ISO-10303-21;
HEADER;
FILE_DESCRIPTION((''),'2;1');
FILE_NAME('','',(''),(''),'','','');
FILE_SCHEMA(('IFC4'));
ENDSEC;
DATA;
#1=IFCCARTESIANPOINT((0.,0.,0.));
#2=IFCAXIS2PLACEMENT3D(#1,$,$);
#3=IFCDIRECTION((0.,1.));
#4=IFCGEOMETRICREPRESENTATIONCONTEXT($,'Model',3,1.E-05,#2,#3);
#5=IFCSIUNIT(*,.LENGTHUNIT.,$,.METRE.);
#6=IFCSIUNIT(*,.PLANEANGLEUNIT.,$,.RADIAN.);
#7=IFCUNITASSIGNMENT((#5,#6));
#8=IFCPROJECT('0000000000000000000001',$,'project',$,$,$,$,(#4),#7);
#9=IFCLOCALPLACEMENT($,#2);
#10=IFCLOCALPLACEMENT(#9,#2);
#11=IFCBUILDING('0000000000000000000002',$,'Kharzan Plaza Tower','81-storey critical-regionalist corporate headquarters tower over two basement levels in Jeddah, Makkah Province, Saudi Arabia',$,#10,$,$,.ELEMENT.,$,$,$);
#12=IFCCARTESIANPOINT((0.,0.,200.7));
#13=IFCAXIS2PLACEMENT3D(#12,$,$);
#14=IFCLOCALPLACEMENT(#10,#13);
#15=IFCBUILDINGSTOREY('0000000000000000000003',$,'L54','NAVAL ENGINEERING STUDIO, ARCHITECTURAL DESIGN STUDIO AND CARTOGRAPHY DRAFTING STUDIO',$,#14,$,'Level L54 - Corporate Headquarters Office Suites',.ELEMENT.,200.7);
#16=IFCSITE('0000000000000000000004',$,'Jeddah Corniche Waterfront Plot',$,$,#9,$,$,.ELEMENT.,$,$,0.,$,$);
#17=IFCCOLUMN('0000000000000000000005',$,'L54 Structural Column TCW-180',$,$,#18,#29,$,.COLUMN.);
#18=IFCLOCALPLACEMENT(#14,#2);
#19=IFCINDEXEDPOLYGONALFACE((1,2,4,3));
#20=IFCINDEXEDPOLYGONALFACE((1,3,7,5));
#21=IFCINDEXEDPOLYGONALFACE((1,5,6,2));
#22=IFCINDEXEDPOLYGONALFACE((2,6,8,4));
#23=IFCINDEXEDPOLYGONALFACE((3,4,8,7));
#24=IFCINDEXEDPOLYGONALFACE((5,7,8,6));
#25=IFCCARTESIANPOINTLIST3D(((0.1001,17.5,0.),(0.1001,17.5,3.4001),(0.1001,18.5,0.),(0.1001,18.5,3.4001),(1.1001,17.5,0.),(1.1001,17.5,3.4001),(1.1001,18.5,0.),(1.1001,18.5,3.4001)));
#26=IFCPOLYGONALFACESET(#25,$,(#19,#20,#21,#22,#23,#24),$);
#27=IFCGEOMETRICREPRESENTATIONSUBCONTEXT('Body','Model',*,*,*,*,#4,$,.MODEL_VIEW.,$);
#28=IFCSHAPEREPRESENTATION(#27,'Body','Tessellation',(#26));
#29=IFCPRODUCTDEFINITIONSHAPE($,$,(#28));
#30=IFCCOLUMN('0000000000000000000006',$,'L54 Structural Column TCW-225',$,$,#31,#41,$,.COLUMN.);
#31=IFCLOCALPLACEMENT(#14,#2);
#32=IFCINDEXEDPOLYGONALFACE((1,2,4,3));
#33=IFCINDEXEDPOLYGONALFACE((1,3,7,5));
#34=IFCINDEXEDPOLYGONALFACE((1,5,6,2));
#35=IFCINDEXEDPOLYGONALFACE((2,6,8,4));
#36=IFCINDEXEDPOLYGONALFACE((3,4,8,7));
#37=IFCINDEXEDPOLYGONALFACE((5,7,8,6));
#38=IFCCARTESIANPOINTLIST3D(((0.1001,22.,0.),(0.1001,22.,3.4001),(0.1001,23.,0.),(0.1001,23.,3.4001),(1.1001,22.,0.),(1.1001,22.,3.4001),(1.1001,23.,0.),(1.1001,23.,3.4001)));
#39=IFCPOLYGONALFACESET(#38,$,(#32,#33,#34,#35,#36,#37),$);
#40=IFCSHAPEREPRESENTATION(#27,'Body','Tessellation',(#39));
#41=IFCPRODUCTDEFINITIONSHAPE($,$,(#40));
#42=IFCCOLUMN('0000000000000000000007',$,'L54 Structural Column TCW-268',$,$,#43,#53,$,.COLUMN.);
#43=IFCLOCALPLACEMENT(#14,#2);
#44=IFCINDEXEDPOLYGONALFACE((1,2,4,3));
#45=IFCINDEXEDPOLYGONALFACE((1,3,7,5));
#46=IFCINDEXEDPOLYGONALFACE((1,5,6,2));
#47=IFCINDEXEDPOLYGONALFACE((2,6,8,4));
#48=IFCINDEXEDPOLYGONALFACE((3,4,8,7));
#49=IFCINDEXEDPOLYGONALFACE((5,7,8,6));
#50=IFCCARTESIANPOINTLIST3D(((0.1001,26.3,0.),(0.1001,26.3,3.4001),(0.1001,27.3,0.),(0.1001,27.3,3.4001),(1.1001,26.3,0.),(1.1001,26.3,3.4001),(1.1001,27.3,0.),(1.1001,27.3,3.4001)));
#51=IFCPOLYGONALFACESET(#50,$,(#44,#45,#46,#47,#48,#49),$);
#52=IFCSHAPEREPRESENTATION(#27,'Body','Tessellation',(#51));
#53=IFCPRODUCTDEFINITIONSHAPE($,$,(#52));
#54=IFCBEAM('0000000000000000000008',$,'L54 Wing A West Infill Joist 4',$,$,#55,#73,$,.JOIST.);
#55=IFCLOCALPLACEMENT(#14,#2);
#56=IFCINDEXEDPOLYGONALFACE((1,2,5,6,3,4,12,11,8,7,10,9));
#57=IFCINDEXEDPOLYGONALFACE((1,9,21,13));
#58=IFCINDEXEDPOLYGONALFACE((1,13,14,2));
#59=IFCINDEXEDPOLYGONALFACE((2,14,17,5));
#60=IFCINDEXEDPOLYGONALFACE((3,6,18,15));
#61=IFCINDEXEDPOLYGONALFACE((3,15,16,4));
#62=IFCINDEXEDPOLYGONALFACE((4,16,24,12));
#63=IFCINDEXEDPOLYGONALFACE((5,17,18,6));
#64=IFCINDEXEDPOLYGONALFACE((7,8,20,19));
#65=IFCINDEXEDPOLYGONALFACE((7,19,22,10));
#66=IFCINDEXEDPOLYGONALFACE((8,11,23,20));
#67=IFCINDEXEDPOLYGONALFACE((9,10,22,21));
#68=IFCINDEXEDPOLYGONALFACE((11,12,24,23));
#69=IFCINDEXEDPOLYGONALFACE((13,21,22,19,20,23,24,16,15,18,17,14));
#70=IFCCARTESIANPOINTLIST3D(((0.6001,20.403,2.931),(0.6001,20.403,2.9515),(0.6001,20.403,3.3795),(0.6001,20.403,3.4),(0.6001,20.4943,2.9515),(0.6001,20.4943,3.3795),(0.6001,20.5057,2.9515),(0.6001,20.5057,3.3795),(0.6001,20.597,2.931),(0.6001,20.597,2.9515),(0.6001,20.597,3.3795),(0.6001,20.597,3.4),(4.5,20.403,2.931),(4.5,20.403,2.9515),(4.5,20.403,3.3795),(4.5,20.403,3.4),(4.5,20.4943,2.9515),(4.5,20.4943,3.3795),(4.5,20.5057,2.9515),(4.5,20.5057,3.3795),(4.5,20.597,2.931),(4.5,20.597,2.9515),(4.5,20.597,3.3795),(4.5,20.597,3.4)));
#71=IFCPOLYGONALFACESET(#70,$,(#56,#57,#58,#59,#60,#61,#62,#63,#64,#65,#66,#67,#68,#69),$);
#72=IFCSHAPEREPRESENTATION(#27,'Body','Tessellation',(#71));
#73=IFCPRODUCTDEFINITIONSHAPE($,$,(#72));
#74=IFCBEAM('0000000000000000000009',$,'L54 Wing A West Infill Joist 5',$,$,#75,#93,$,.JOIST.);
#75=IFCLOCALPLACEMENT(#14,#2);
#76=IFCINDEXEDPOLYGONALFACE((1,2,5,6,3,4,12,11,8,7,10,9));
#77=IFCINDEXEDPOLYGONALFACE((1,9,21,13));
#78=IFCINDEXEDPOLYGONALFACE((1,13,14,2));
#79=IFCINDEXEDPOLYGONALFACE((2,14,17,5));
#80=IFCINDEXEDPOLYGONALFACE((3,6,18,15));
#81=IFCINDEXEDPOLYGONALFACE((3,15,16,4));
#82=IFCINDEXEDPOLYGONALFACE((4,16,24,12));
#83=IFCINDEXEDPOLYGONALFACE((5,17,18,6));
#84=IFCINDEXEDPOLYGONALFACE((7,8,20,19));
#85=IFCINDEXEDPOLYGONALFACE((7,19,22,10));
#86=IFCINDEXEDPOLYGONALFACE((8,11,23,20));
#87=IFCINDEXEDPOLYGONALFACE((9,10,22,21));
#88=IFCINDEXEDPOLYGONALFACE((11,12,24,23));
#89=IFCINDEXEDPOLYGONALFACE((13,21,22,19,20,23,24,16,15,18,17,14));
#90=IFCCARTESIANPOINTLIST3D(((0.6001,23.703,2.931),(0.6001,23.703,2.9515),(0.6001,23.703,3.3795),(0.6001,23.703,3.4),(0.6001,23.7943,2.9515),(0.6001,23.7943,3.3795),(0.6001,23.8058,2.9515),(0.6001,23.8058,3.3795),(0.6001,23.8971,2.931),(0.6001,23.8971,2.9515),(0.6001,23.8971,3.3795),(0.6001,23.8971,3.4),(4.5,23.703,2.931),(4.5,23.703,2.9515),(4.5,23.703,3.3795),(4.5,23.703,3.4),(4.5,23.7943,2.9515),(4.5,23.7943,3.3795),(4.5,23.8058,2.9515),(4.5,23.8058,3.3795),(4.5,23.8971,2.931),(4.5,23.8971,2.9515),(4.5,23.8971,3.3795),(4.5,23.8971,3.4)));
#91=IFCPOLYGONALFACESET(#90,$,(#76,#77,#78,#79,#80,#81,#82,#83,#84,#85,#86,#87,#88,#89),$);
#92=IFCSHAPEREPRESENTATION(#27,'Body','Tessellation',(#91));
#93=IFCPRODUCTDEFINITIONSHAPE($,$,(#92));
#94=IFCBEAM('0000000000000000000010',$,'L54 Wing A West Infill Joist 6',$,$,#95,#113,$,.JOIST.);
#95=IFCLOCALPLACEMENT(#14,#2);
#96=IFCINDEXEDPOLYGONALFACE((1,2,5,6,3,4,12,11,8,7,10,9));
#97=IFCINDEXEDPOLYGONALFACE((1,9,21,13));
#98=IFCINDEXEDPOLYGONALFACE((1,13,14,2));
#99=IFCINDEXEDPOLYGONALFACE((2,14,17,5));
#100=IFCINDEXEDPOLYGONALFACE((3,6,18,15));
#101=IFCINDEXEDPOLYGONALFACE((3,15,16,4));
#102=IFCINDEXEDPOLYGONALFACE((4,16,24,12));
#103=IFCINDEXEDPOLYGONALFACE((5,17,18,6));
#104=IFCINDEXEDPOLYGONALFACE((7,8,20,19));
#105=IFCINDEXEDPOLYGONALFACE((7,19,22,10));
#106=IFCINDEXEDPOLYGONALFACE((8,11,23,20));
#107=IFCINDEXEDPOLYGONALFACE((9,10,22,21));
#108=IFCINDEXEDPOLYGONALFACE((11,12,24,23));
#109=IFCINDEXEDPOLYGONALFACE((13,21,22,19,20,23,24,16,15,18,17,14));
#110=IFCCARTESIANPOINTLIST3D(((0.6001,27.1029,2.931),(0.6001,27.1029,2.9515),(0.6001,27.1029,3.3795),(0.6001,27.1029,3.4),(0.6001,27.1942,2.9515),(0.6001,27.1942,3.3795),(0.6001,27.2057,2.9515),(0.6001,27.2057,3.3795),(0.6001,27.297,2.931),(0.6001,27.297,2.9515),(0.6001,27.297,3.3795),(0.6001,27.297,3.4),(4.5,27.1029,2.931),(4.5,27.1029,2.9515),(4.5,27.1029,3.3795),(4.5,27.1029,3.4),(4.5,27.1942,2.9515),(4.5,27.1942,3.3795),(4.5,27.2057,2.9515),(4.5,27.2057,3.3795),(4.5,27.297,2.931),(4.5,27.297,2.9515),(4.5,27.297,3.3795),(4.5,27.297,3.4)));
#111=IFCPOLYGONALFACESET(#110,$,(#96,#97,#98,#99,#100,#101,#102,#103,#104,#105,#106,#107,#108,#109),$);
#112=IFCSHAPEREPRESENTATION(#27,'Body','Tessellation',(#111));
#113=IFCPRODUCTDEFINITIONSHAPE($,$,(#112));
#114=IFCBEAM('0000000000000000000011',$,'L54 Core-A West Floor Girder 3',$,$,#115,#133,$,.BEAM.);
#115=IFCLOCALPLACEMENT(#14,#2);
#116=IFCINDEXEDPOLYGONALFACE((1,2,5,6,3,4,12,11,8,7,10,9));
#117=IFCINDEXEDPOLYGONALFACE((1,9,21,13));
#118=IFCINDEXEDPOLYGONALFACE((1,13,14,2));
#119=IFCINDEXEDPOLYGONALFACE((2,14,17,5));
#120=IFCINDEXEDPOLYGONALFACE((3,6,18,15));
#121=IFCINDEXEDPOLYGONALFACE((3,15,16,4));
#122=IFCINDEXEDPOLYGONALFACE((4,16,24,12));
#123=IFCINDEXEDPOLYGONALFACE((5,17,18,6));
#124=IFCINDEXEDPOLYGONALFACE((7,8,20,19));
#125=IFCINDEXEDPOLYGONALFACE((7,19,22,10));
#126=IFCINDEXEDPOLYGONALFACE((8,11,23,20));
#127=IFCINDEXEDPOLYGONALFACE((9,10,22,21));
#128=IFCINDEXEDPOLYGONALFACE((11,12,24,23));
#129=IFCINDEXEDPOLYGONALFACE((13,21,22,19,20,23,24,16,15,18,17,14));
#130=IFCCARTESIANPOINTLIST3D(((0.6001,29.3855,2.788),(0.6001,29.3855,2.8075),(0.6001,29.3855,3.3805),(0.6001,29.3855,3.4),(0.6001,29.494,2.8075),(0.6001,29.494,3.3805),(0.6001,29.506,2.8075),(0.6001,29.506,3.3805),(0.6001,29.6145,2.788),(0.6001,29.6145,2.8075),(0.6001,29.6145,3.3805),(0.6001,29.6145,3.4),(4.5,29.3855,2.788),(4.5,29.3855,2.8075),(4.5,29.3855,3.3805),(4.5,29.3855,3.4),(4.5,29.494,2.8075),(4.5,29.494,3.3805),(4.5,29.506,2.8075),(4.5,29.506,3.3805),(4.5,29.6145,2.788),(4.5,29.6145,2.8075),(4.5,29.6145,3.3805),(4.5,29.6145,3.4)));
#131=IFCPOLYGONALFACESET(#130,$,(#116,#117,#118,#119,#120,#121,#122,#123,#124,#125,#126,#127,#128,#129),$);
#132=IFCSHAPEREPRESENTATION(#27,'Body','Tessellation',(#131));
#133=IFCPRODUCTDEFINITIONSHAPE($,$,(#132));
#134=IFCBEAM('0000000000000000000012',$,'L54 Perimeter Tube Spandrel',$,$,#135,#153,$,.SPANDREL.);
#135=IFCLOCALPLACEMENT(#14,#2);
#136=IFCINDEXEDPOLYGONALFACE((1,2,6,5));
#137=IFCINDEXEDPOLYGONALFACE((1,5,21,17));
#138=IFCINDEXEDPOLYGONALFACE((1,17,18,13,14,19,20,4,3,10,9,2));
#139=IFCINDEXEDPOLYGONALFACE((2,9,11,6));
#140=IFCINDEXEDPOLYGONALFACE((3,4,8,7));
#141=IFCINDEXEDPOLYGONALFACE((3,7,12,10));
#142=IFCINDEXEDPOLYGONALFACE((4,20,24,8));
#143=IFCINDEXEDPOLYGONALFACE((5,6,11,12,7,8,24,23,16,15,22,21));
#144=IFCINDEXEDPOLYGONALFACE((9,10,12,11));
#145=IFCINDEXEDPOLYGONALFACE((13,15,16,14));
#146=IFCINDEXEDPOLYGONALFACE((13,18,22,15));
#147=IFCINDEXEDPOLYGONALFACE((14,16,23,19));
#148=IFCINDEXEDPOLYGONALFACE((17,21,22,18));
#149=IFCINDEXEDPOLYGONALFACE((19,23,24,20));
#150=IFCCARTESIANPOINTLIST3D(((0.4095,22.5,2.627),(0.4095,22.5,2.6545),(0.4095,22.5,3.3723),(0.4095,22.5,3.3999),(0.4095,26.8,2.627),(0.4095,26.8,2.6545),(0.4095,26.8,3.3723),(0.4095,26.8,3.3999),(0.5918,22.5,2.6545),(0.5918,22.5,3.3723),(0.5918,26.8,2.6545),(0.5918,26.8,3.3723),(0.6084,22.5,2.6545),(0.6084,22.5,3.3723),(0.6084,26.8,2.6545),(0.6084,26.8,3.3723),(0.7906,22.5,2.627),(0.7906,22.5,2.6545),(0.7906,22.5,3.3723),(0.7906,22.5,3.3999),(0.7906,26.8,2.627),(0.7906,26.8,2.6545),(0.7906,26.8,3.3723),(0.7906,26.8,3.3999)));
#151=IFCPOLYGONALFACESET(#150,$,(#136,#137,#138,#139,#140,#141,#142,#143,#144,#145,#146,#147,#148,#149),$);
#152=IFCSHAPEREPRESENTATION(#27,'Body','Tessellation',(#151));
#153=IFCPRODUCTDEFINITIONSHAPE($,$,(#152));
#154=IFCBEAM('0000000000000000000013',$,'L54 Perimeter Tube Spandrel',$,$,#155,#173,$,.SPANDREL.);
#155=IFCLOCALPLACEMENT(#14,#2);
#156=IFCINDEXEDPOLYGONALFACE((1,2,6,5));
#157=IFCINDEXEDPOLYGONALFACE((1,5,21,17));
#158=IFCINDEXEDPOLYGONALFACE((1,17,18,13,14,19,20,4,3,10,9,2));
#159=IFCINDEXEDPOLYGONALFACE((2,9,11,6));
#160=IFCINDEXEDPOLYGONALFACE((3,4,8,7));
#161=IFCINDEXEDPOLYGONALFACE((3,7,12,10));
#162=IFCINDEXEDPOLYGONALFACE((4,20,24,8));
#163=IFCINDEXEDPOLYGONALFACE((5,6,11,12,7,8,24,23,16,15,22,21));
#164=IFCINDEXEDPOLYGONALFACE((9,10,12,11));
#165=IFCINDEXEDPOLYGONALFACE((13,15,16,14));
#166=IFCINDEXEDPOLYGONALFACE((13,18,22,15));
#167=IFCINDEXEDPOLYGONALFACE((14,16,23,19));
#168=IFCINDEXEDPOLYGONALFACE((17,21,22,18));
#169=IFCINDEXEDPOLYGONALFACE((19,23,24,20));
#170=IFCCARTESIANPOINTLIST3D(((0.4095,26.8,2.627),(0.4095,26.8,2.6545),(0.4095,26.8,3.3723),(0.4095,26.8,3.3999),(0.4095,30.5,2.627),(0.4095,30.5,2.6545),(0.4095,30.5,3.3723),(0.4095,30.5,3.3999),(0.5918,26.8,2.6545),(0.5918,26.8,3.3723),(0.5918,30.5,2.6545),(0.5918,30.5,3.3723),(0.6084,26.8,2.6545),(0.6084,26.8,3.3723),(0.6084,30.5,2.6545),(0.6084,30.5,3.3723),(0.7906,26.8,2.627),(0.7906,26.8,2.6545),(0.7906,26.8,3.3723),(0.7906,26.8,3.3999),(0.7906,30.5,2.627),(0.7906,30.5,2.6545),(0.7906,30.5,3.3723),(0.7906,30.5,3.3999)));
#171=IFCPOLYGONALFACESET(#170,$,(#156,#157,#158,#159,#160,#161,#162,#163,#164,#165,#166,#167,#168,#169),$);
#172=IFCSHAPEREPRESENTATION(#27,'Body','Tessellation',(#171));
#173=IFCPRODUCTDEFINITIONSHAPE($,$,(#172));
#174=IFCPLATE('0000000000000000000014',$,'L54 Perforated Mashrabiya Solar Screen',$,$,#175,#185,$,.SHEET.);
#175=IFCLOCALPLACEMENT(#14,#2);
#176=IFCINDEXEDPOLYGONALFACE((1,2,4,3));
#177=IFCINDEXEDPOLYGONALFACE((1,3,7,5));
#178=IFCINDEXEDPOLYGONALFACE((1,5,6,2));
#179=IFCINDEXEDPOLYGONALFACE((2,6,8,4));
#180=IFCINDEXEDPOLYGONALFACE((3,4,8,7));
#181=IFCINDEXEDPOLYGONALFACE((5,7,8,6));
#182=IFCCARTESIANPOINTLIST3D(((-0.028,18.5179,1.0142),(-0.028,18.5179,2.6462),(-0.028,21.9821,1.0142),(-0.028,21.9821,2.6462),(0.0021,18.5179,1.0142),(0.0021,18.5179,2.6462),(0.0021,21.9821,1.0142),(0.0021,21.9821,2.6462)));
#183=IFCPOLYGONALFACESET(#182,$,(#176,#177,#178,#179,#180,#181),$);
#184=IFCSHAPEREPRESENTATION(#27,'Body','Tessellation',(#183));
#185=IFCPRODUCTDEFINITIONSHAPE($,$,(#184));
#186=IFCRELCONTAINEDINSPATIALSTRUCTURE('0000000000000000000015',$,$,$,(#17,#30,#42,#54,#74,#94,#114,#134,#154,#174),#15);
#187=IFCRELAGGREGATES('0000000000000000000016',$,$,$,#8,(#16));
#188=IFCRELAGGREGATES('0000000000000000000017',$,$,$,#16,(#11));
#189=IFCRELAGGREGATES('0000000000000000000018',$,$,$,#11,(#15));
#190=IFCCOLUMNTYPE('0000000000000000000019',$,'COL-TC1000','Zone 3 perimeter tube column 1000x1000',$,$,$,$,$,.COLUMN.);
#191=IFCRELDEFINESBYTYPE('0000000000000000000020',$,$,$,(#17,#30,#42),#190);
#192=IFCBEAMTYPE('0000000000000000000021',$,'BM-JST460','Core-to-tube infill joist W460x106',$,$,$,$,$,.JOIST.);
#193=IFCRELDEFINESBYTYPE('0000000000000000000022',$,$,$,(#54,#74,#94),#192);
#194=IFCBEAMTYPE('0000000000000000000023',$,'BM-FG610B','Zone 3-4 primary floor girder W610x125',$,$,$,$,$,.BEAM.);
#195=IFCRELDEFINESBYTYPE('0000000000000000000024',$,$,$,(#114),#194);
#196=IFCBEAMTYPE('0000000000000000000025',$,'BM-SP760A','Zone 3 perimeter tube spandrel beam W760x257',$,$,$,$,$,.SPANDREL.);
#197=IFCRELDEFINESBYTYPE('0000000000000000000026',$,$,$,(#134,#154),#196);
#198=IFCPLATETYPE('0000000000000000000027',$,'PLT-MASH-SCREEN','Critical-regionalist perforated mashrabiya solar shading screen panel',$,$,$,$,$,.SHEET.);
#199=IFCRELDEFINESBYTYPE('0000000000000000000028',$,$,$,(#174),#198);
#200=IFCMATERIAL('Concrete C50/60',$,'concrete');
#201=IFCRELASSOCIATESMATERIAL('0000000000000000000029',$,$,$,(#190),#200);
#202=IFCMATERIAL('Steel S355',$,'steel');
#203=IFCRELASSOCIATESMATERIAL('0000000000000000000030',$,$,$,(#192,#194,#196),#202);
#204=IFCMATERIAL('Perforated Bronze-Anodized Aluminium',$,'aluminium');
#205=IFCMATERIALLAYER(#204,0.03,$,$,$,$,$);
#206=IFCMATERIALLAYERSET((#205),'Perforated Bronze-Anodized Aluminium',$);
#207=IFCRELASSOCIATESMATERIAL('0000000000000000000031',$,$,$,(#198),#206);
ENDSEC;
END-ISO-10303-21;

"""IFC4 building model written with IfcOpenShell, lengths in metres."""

from ifc_helpers import new_model, si_unit, direction, frame, origin, origin_2d, place, context, subcontext, project, spatial, rectangle, i_section, extrude, source, transform, mapped, material, layer, layer_set, material_profile, profile_set, type_object, element, save


model = new_model("IFC4")

# Units and contexts
model_context = context("Model", 3, precision=1e-05, world=origin(), true_north=direction((0.0, 1.0)))
body_context = subcontext(model_context, "Body", "Model", "MODEL_VIEW")
ifc_project = project(units=[si_unit("LENGTHUNIT", "METRE"), si_unit("PLANEANGLEUNIT", "RADIAN")], contexts=[model_context])

# Site, building, storey
site_placement = place(None, origin())
site = spatial("IfcSite", under=ifc_project, at=site_placement, Name="Jeddah Corniche Waterfront Plot", CompositionType="ELEMENT", RefElevation=0.0)
building_placement = place(site_placement, origin())
building = spatial("IfcBuilding", under=site, at=building_placement, Name="Kharzan Plaza Tower", Description="81-storey critical-regionalist corporate headquarters tower over two basement levels in Jeddah, Makkah Province, Saudi Arabia", CompositionType="ELEMENT")
storey_placement = place(building_placement, frame((0.0, 0.0, 200.7)))
storey = spatial("IfcBuildingStorey", under=building, at=storey_placement, Name="L54", Description="NAVAL ENGINEERING STUDIO, ARCHITECTURAL DESIGN STUDIO AND CARTOGRAPHY DRAFTING STUDIO", LongName="Level L54 - Corporate Headquarters Office Suites", CompositionType="ELEMENT", Elevation=200.7)

# Columns
ifc_material_1 = material(Name="Concrete C50/60", Category="concrete")
ifc_material_profile_1 = material_profile(ifc_material_1, rectangle(XDim=1.0, YDim=1.0, at=origin_2d()), Name="RC-TC1000x1000")
ifc_profile_set_1 = profile_set([ifc_material_profile_1], Name="Concrete C50/60")
column_type = type_object("IfcColumnType", Name="COL-TC1000", Description="Zone 3 perimeter tube column 1000x1000", PredefinedType="COLUMN", material=ifc_profile_set_1)
shared_shape_1 = source(origin(), body_context, "Body", "SweptSolid", [
    extrude(rectangle(XDim=1.0, YDim=1.0, at=origin_2d()), origin(), (0.0, 0.0, 1.0), 3.4001),
])
for number, where, z_axis, x_axis, name in (
    (1, (0.6001, 18.0, 0.0), (0.0, 0.0, 1.0), (1.0, 0.0, 0.0), "L54 Structural Column TCW-180"),
    (2, (0.6001, 22.5, 0.0), (0.0, 0.0, 1.0), (1.0, 0.0, 0.0), "L54 Structural Column TCW-225"),
    (3, (0.6001, 26.8, 0.0), (0.0, 0.0, 1.0), (1.0, 0.0, 0.0), "L54 Structural Column TCW-268"),
):
    element("IfcColumn", number, at=place(storey_placement, frame(where, z_axis=z_axis, x_axis=x_axis)), inside=storey, type_object=column_type, Name=name, PredefinedType="COLUMN", context=body_context, shape_type="MappedRepresentation", body=[
        mapped(shared_shape_1, transform((0.0, 0.0, 0.0), x_axis=(1.0, 0.0, 0.0), y_axis=(0.0, 1.0, 0.0), z_axis=(0.0, 0.0, 1.0))),
    ])

# Beams
ifc_material_2 = material(Name="Steel S355", Category="steel")
ifc_material_profile_2 = material_profile(ifc_material_2, i_section(OverallWidth=0.1941, OverallDepth=0.469, WebThickness=0.0115, FlangeThickness=0.0205, at=origin_2d()), Name="W460x106")
ifc_profile_set_2 = profile_set([ifc_material_profile_2], Name="Steel S355")
beam_type_1 = type_object("IfcBeamType", Name="BM-JST460", Description="Core-to-tube infill joist W460x106", PredefinedType="JOIST", material=ifc_profile_set_2)
shared_shape_2 = source(origin(), body_context, "Body", "SweptSolid", [
    extrude(i_section(OverallWidth=0.1941, OverallDepth=0.469, WebThickness=0.0115, FlangeThickness=0.0205, at=origin_2d()), origin(), (0.0, 0.0, 1.0), 3.8999),
])
for number, where, z_axis, x_axis, name in (
    (4, (0.6001, 20.5, 3.1655), (1.0, 0.0, 0.0), (0.0, 1.0, 0.0), "L54 Wing A West Infill Joist 4"),
    (5, (0.6001, 23.8, 3.1655), (1.0, 0.0, 0.0), (0.0, 1.0, 0.0), "L54 Wing A West Infill Joist 5"),
    (6, (0.6001, 27.2, 3.1655), (1.0, 0.0, 0.0), (0.0, 1.0, 0.0), "L54 Wing A West Infill Joist 6"),
):
    element("IfcBeam", number, at=place(storey_placement, frame(where, z_axis=z_axis, x_axis=x_axis)), inside=storey, type_object=beam_type_1, Name=name, PredefinedType="JOIST", context=body_context, shape_type="MappedRepresentation", body=[
        mapped(shared_shape_2, transform((0.0, 0.0, 0.0), x_axis=(1.0, 0.0, 0.0), y_axis=(0.0, 1.0, 0.0), z_axis=(0.0, 0.0, 1.0))),
    ])
ifc_material_profile_3 = material_profile(ifc_material_2, i_section(OverallWidth=0.229, OverallDepth=0.6121, WebThickness=0.012, FlangeThickness=0.0195, at=origin_2d()), Name="W610x125")
ifc_profile_set_3 = profile_set([ifc_material_profile_3], Name="Steel S355")
beam_type_2 = type_object("IfcBeamType", Name="BM-FG610B", Description="Zone 3-4 primary floor girder W610x125", PredefinedType="BEAM", material=ifc_profile_set_3)
shared_shape_3 = source(origin(), body_context, "Body", "SweptSolid", [
    extrude(i_section(OverallWidth=0.229, OverallDepth=0.6121, WebThickness=0.012, FlangeThickness=0.0195, at=origin_2d()), origin(), (0.0, 0.0, 1.0), 3.8999),
])
beam_1_placement = place(storey_placement, frame((0.6001, 29.5, 3.094), z_axis=(1.0, 0.0, 0.0), x_axis=(0.0, 1.0, 0.0)))
element("IfcBeam", 7, at=beam_1_placement, inside=storey, type_object=beam_type_2, Name="L54 Core-A West Floor Girder 3", PredefinedType="BEAM", context=body_context, shape_type="MappedRepresentation", body=[
    mapped(shared_shape_3, transform((0.0, 0.0, 0.0), x_axis=(1.0, 0.0, 0.0), y_axis=(0.0, 1.0, 0.0), z_axis=(0.0, 0.0, 1.0))),
])
ifc_material_profile_4 = material_profile(ifc_material_2, i_section(OverallWidth=0.3811, OverallDepth=0.7729, WebThickness=0.0166, FlangeThickness=0.0276, at=origin_2d()), Name="W760x257")
ifc_profile_set_4 = profile_set([ifc_material_profile_4], Name="Steel S355")
beam_type_3 = type_object("IfcBeamType", Name="BM-SP760A", Description="Zone 3 perimeter tube spandrel beam W760x257", PredefinedType="SPANDREL", material=ifc_profile_set_4)
shared_shape_4 = source(origin(), body_context, "Body", "SweptSolid", [
    extrude(i_section(OverallWidth=0.3811, OverallDepth=0.7729, WebThickness=0.0166, FlangeThickness=0.0276, at=origin_2d()), origin(), (0.0, 0.0, 1.0), 4.3),
])
beam_2_placement = place(storey_placement, frame((0.6001, 22.5, 3.0134), z_axis=(0.0, 1.0, 0.0), x_axis=(-1.0, 0.0, 0.0)))
element("IfcBeam", 8, at=beam_2_placement, inside=storey, type_object=beam_type_3, Name="L54 Perimeter Tube Spandrel", PredefinedType="SPANDREL", context=body_context, shape_type="MappedRepresentation", body=[
    mapped(shared_shape_4, transform((0.0, 0.0, 0.0), x_axis=(1.0, 0.0, 0.0), y_axis=(0.0, 1.0, 0.0), z_axis=(0.0, 0.0, 1.0))),
])
shared_shape_5 = source(origin(), body_context, "Body", "SweptSolid", [
    extrude(i_section(OverallWidth=0.3811, OverallDepth=0.7729, WebThickness=0.0166, FlangeThickness=0.0276, at=origin_2d()), origin(), (0.0, 0.0, 1.0), 3.7),
])
beam_3_placement = place(storey_placement, frame((0.6001, 26.8, 3.0134), z_axis=(0.0, 1.0, 0.0), x_axis=(-1.0, 0.0, 0.0)))
element("IfcBeam", 9, at=beam_3_placement, inside=storey, type_object=beam_type_3, Name="L54 Perimeter Tube Spandrel", PredefinedType="SPANDREL", context=body_context, shape_type="MappedRepresentation", body=[
    mapped(shared_shape_5, transform((0.0, 0.0, 0.0), x_axis=(1.0, 0.0, 0.0), y_axis=(0.0, 1.0, 0.0), z_axis=(0.0, 0.0, 1.0))),
])

# Plate
ifc_material_3 = material(Name="Perforated Bronze-Anodized Aluminium", Category="aluminium")
ifc_layer_1 = layer(ifc_material_3, 0.03)
ifc_layer_set_1 = layer_set([ifc_layer_1], Name="Perforated Bronze-Anodized Aluminium")
plate_type = type_object("IfcPlateType", Name="PLT-MASH-SCREEN", Description="Critical-regionalist perforated mashrabiya solar shading screen panel", PredefinedType="SHEET", material=ifc_layer_set_1)
shared_shape_6 = source(origin(), body_context, "Body", "SweptSolid", [
    extrude(rectangle(XDim=3.4641, YDim=0.03, at=origin_2d()), origin(), (0.0, 0.0, 1.0), 1.6321),
])
plate_1_placement = place(storey_placement, frame((-0.0129, 20.25, 1.0142), z_axis=(0.0, 0.0, 1.0), x_axis=(0.0, -1.0, 0.0)))
element("IfcPlate", 10, at=plate_1_placement, inside=storey, type_object=plate_type, Name="L54 Perforated Mashrabiya Solar Screen", PredefinedType="SHEET", context=body_context, shape_type="MappedRepresentation", body=[
    mapped(shared_shape_6, transform((0.0, 0.0, 0.0), x_axis=(1.0, 0.0, 0.0), y_axis=(0.0, 1.0, 0.0), z_axis=(0.0, 0.0, 1.0))),
])

save(model, "model.ifc")
